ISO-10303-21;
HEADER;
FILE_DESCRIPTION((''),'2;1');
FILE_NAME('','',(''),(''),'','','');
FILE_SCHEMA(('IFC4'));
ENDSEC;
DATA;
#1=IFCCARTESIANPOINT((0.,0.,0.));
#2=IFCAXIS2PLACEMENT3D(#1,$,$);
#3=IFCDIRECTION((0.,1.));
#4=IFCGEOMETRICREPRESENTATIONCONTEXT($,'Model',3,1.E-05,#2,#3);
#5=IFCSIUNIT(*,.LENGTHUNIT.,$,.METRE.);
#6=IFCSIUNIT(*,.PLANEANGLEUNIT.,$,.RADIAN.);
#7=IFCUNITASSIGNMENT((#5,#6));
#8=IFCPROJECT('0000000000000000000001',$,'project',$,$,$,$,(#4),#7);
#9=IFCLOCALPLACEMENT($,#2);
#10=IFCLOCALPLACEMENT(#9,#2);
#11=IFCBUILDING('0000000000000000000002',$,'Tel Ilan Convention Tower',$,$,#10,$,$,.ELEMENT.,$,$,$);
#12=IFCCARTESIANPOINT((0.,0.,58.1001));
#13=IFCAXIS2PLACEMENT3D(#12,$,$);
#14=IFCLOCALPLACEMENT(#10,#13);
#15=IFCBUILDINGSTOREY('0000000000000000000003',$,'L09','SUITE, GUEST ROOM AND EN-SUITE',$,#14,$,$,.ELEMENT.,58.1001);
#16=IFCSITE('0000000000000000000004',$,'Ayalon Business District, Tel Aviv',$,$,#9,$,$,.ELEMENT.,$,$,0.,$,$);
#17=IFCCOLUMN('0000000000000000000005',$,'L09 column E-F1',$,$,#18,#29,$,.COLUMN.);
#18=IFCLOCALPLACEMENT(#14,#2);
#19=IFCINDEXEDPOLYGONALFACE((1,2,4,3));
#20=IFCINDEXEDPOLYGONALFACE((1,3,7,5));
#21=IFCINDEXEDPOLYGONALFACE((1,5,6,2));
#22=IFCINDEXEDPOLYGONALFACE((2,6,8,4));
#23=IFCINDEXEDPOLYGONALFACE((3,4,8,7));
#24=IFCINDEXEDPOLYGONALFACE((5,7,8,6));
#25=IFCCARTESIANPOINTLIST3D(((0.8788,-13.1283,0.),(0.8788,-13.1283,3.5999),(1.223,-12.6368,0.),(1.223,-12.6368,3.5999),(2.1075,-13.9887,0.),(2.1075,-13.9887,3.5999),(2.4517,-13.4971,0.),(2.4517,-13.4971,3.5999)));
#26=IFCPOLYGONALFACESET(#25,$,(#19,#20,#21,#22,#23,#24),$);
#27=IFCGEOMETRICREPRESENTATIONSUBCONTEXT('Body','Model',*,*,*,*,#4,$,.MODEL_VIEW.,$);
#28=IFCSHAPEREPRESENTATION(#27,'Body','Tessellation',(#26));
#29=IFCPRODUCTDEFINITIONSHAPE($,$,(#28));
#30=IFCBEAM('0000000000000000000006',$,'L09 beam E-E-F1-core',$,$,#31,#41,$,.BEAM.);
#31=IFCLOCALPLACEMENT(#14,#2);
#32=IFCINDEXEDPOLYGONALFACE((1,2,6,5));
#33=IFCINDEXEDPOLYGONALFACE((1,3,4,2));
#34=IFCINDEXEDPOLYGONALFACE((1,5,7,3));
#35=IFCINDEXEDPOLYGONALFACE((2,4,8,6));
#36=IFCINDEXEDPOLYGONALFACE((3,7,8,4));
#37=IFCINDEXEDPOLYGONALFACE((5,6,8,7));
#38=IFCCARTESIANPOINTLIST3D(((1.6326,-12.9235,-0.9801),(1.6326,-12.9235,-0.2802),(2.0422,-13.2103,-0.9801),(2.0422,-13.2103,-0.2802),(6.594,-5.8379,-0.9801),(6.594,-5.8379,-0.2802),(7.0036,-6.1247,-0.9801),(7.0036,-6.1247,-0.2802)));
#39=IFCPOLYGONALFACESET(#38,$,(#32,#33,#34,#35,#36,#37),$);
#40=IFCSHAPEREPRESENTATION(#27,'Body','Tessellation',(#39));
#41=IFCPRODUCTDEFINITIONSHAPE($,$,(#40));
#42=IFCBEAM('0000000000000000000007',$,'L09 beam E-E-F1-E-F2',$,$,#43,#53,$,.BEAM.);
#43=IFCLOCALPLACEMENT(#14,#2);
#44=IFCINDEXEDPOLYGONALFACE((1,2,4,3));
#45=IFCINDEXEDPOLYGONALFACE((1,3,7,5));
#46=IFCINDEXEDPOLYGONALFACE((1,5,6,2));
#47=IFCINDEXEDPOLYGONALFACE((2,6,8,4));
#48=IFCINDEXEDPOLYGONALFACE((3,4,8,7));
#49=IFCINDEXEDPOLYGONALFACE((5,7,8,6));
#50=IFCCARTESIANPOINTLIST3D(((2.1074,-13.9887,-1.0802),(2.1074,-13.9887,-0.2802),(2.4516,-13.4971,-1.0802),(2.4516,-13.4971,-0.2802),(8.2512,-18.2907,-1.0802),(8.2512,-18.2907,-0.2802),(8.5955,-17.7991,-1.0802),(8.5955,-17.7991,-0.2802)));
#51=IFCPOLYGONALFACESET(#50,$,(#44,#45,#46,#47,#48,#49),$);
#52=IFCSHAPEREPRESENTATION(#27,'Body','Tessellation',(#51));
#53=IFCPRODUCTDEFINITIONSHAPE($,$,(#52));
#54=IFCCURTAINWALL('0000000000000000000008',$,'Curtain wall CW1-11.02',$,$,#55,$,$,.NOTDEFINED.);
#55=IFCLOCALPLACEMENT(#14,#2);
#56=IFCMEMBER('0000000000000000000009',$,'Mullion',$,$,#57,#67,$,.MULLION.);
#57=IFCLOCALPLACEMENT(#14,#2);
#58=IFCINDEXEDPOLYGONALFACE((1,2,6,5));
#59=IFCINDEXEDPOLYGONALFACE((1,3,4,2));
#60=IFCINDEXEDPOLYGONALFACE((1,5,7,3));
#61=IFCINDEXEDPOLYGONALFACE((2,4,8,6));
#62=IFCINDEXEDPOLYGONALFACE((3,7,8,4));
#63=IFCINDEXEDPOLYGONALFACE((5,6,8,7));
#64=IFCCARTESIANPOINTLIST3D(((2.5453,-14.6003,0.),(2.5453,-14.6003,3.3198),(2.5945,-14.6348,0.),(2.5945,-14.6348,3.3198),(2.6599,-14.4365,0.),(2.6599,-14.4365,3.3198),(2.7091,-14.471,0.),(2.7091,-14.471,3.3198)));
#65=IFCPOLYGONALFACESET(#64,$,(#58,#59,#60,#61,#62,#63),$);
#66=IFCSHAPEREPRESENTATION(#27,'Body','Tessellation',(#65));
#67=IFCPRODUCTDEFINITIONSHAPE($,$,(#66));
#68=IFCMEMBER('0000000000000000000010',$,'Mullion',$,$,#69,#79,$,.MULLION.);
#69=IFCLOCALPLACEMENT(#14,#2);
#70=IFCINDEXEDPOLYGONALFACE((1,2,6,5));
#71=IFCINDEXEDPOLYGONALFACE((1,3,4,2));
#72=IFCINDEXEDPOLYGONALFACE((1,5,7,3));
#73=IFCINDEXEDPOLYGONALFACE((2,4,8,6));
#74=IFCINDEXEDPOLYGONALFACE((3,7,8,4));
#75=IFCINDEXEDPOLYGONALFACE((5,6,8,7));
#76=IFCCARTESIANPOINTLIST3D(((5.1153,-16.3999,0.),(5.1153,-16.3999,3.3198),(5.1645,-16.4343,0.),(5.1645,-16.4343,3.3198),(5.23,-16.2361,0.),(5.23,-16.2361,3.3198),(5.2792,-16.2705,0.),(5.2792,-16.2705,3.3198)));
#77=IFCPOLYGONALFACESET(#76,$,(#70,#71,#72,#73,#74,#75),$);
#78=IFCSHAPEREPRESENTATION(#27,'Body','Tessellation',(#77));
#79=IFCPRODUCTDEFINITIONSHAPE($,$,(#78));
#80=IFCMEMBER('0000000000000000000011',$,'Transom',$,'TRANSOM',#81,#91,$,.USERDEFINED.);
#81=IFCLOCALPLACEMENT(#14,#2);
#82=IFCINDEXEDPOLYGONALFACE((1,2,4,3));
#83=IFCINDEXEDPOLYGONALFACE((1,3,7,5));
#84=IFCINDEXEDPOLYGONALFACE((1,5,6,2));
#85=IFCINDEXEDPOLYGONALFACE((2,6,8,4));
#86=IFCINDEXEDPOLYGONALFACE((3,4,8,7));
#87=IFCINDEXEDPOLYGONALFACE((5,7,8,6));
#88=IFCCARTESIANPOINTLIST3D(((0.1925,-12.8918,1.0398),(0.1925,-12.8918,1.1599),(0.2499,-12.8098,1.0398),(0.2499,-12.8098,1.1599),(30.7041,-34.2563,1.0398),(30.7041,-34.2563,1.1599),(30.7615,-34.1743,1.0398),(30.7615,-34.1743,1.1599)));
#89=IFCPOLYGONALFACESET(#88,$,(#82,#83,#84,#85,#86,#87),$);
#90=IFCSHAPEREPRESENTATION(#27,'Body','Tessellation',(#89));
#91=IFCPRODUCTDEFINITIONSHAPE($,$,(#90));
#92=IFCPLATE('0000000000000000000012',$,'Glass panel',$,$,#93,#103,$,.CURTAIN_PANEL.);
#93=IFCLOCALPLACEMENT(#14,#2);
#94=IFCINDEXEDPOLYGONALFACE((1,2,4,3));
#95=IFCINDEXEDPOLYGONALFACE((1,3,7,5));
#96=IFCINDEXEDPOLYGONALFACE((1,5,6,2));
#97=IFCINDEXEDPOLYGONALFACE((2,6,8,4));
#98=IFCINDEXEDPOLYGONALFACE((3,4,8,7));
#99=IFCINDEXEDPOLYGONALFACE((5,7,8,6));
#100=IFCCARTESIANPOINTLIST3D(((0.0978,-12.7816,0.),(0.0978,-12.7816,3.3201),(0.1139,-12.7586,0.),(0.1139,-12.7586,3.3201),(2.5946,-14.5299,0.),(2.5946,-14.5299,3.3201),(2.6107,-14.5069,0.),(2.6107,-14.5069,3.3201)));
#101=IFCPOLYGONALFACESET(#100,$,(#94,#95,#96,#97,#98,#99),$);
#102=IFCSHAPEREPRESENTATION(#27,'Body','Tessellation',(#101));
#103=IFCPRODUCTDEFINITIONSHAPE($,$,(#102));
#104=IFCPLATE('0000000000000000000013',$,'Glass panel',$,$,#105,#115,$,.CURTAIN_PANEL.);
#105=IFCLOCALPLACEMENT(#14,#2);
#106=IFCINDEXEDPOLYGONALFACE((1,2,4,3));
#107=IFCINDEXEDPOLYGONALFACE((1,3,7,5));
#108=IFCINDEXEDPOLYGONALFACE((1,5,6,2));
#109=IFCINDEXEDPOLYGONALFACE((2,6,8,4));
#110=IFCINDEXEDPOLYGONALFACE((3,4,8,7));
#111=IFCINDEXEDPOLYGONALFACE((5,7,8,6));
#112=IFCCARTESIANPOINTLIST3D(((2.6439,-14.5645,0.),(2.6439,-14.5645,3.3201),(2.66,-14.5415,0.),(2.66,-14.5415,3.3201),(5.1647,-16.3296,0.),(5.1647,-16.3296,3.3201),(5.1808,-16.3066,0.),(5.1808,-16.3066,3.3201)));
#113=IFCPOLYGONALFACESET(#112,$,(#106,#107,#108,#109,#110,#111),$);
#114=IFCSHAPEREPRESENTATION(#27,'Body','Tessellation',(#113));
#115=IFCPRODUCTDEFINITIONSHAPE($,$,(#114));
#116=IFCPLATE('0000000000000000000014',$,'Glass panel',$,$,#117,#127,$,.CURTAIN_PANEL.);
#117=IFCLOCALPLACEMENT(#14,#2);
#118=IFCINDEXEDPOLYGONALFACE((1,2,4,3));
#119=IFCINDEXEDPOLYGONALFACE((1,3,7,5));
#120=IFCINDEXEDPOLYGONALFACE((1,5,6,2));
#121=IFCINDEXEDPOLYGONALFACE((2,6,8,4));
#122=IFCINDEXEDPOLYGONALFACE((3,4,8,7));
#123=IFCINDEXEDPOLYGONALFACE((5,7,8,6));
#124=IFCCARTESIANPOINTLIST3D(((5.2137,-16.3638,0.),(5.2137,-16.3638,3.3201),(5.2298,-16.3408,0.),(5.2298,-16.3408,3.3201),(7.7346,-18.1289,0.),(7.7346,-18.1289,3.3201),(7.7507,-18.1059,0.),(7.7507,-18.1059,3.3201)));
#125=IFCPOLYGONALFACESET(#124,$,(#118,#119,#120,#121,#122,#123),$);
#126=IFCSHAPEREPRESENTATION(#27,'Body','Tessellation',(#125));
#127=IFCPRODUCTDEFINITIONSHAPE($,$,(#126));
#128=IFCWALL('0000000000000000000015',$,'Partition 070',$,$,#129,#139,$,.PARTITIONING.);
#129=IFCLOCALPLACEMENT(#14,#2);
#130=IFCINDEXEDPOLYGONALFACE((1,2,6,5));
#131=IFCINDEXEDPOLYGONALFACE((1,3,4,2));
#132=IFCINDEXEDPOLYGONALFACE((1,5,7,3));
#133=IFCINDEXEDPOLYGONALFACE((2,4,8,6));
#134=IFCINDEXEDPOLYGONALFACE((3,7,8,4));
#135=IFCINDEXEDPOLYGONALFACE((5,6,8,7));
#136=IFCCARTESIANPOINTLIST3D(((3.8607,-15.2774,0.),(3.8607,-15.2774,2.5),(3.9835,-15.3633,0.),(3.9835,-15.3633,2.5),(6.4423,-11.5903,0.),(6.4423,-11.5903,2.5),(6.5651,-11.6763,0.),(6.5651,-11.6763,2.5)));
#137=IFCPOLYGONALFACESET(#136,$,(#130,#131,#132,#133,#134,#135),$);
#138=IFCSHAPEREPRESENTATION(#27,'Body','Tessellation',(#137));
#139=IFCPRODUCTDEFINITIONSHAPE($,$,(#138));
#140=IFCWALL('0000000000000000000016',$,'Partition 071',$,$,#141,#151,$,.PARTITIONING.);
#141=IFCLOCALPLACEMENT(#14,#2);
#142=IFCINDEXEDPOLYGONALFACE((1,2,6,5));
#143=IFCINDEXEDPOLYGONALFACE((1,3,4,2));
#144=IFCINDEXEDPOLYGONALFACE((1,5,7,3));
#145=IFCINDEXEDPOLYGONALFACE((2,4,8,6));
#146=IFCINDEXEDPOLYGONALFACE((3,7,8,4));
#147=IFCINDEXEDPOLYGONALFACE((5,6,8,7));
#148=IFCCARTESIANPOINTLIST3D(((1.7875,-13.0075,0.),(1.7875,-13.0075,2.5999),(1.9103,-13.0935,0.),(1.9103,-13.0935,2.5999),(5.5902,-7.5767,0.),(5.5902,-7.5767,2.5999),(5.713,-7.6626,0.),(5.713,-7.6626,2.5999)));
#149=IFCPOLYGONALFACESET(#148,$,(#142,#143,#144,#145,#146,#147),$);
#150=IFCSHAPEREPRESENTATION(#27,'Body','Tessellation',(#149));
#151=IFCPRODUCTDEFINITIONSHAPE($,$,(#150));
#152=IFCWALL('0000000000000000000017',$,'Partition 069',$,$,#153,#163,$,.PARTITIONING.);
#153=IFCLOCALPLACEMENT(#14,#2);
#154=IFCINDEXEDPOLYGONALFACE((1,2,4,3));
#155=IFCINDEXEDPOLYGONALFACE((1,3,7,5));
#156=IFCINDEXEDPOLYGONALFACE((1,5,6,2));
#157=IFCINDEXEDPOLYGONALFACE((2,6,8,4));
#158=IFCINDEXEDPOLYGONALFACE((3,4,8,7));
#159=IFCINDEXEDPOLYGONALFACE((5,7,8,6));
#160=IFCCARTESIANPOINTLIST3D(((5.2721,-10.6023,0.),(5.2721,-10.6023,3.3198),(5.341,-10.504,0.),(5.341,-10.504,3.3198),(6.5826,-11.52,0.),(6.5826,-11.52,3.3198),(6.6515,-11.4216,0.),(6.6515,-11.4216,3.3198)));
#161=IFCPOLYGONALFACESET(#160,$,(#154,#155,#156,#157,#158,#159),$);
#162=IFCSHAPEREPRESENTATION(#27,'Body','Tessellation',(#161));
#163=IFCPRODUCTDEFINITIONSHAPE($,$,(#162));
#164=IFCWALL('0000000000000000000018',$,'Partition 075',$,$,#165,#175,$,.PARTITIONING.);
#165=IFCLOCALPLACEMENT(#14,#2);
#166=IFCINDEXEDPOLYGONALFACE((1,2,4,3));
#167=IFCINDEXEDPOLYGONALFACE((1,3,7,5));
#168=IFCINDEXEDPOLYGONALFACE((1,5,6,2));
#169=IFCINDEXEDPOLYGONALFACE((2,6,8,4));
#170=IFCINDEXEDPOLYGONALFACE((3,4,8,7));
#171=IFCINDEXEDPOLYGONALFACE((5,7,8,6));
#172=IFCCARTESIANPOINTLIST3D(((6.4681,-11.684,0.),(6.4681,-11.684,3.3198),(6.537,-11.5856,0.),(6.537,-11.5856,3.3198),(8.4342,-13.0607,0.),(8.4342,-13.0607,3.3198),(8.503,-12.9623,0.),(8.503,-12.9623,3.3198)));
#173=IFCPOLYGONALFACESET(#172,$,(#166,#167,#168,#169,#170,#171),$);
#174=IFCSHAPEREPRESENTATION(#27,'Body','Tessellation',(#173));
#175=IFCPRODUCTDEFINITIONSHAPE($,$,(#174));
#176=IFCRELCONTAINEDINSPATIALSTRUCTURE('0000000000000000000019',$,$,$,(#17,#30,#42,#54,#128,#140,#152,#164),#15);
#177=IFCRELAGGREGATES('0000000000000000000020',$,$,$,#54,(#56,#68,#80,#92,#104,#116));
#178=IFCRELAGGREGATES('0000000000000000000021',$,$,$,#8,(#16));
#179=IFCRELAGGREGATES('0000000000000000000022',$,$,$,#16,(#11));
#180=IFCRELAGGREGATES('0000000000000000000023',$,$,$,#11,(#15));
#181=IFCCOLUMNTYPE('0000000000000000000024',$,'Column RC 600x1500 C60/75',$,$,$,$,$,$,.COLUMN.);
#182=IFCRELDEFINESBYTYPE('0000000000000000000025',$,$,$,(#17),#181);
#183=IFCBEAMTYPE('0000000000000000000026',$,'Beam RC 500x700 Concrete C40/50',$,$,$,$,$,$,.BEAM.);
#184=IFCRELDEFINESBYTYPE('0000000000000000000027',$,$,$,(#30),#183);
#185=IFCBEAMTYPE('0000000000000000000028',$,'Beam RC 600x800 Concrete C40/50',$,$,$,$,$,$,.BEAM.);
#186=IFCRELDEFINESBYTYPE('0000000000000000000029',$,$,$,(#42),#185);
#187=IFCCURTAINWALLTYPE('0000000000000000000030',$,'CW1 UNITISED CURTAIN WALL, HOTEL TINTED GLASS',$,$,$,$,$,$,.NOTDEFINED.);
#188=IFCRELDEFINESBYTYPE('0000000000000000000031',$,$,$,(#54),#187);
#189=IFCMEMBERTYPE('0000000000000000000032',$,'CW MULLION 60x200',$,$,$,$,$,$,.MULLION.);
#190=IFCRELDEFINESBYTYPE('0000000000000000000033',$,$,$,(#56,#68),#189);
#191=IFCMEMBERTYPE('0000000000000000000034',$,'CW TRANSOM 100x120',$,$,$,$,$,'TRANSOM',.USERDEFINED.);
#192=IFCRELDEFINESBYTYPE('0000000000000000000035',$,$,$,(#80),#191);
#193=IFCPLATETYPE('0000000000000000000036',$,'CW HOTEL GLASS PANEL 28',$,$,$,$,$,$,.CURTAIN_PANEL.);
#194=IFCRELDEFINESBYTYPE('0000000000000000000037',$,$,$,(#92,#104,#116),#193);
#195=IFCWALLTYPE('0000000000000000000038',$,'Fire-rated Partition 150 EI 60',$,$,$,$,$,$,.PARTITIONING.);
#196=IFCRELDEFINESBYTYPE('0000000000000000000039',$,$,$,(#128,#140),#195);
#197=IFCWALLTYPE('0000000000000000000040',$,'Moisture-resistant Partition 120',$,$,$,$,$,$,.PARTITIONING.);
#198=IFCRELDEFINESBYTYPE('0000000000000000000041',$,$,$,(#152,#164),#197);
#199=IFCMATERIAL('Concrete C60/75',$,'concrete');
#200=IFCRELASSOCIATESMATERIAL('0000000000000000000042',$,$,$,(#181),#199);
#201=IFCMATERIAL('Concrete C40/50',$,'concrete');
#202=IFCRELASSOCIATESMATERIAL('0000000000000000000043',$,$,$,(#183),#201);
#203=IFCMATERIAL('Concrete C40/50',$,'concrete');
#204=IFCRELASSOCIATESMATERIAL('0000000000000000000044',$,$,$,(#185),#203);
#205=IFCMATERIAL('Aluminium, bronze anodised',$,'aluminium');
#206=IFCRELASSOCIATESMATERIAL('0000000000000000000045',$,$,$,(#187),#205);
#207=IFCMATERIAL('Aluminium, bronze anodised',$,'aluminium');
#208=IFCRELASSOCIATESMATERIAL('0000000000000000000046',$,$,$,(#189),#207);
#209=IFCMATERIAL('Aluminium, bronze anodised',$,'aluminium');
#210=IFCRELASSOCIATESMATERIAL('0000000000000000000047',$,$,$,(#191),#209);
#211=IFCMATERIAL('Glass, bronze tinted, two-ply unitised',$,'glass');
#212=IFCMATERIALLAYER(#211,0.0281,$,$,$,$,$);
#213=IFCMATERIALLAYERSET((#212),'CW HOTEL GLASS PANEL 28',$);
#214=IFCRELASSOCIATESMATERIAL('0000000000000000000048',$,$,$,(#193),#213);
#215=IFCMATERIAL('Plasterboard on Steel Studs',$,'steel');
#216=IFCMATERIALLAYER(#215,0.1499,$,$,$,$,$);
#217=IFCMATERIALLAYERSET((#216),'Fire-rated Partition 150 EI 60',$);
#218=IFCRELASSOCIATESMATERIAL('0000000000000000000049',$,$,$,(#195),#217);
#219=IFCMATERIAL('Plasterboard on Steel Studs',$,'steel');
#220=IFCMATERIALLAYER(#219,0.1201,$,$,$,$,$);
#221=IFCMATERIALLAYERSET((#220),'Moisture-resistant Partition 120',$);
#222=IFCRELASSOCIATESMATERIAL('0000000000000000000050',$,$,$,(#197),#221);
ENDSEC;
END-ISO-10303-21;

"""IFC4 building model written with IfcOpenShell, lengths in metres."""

from ifc_helpers import new_model, si_unit, direction, frame, frame_2d, origin, origin_2d, place, context, subcontext, project, spatial, rectangle, extrude, material, layer, layer_set, material_profile, profile_set, type_object, element, aggregate, save


model = new_model("IFC4")

# Units and contexts
model_context = context("Model", 3, precision=1e-05, world=origin(), true_north=direction((0.0, 1.0)))
body_context = subcontext(model_context, "Body", "Model", "MODEL_VIEW")
ifc_project = project(units=[si_unit("LENGTHUNIT", "METRE"), si_unit("PLANEANGLEUNIT", "RADIAN")], contexts=[model_context])

# Site, building, storey
site_placement = place(None, origin())
site = spatial("IfcSite", under=ifc_project, at=site_placement, Name="Ayalon Business District, Tel Aviv", CompositionType="ELEMENT", RefElevation=0.0)
building_placement = place(site_placement, origin())
building = spatial("IfcBuilding", under=site, at=building_placement, Name="Tel Ilan Convention Tower", CompositionType="ELEMENT")
storey_placement = place(building_placement, frame((0.0, 0.0, 58.1001)))
storey = spatial("IfcBuildingStorey", under=building, at=storey_placement, Name="L09", Description="SUITE, GUEST ROOM AND EN-SUITE", CompositionType="ELEMENT", Elevation=58.1001)

# Column
ifc_material_1 = material(Name="Concrete C60/75", Category="concrete")
ifc_material_profile_1 = material_profile(ifc_material_1, rectangle(XDim=1.5, YDim=0.6001, at=origin_2d()), Name="RC 600x1500")
ifc_profile_set_1 = profile_set([ifc_material_profile_1], Name="Concrete C60/75")
column_type = type_object("IfcColumnType", Name="Column RC 600x1500 C60/75", PredefinedType="COLUMN", material=ifc_profile_set_1)
column_placement = place(storey_placement, frame((1.6653, -13.3127, 0.0), z_axis=(0.0, 0.0, 1.0), x_axis=(0.819152, -0.573576, 0.0)))
element("IfcColumn", 1, at=column_placement, inside=storey, type_object=column_type, Name="L09 column E-F1", PredefinedType="COLUMN", context=body_context, shape_type="SweptSolid", body=[
    extrude(rectangle(XDim=1.5, YDim=0.6001, at=origin_2d()), origin(), (0.0, 0.0, 1.0), 3.5999),
])

# Beams
ifc_material_2 = material(Name="Concrete C40/50", Category="concrete")
ifc_material_profile_2 = material_profile(ifc_material_2, rectangle(XDim=0.5, YDim=0.7, at=origin_2d()), Name="RC 500x700")
ifc_profile_set_2 = profile_set([ifc_material_profile_2], Name="Concrete C40/50")
beam_type_1 = type_object("IfcBeamType", Name="Beam RC 500x700 Concrete C40/50", PredefinedType="BEAM", material=ifc_profile_set_2)
beam_1_placement = place(storey_placement, frame((1.8374, -13.0669, -0.6301), z_axis=(0.573574, 0.819154, 0.0), x_axis=(-0.819154, 0.573574, 0.0)))
element("IfcBeam", 2, at=beam_1_placement, inside=storey, type_object=beam_type_1, Name="L09 beam E-E-F1-core", PredefinedType="BEAM", context=body_context, shape_type="SweptSolid", body=[
    extrude(rectangle(XDim=0.5, YDim=0.7, at=origin_2d()), origin(), (0.0, 0.0, 1.0), 8.6499),
])
ifc_material_3 = material(Name="Concrete C40/50", Category="concrete")
ifc_material_profile_3 = material_profile(ifc_material_3, rectangle(XDim=0.6001, YDim=0.8, at=origin_2d()), Name="RC 600x800")
ifc_profile_set_3 = profile_set([ifc_material_profile_3], Name="Concrete C40/50")
beam_type_2 = type_object("IfcBeamType", Name="Beam RC 600x800 Concrete C40/50", PredefinedType="BEAM", material=ifc_profile_set_3)
beam_2_placement = place(storey_placement, frame((2.2795, -13.7429, -0.6802), z_axis=(0.819148, -0.573582, 0.0), x_axis=(0.573582, 0.819148, 0.0)))
element("IfcBeam", 3, at=beam_2_placement, inside=storey, type_object=beam_type_2, Name="L09 beam E-E-F1-E-F2", PredefinedType="BEAM", context=body_context, shape_type="SweptSolid", body=[
    extrude(rectangle(XDim=0.6001, YDim=0.8, at=origin_2d()), origin(), (0.0, 0.0, 1.0), 7.5002),
])

# Curtain wall, members, plates
ifc_material_4 = material(Name="Aluminium, bronze anodised", Category="aluminium")
curtain_wall_type = type_object("IfcCurtainWallType", Name="CW1 UNITISED CURTAIN WALL, HOTEL TINTED GLASS", PredefinedType="NOTDEFINED", material=ifc_material_4)
curtain_wall_placement = place(storey_placement, origin())
curtain_wall = element("IfcCurtainWall", 4, at=curtain_wall_placement, inside=storey, type_object=curtain_wall_type, Name="Curtain wall CW1-11.02", PredefinedType="NOTDEFINED")
ifc_material_5 = material(Name="Aluminium, bronze anodised", Category="aluminium")
ifc_material_profile_4 = material_profile(ifc_material_5, rectangle(XDim=0.0601, YDim=0.2, at=origin_2d()), Name="CW MULLION 60x200")
ifc_profile_set_4 = profile_set([ifc_material_profile_4], Name="Aluminium, bronze anodised")
member_type_1 = type_object("IfcMemberType", Name="CW MULLION 60x200", PredefinedType="MULLION", material=ifc_profile_set_4)
member_1_placement = place(storey_placement, frame((2.6272, -14.5356, 0.0), z_axis=(0.0, 0.0, 1.0), x_axis=(0.819152, -0.573576, 0.0)))
member_1 = element("IfcMember", 5, at=member_1_placement, type_object=member_type_1, Name="Mullion", PredefinedType="MULLION", context=body_context, shape_type="SweptSolid", body=[
    extrude(rectangle(XDim=0.0601, YDim=0.2, at=origin_2d()), origin(), (0.0, 0.0, 1.0), 3.3198),
])
member_2_placement = place(storey_placement, frame((5.1973, -16.3352, 0.0), z_axis=(0.0, 0.0, 1.0), x_axis=(0.819152, -0.573576, 0.0)))
member_2 = element("IfcMember", 6, at=member_2_placement, type_object=member_type_1, Name="Mullion", PredefinedType="MULLION", context=body_context, shape_type="SweptSolid", body=[
    extrude(rectangle(XDim=0.0601, YDim=0.2, at=origin_2d()), origin(), (0.0, 0.0, 1.0), 3.3198),
])
ifc_material_6 = material(Name="Aluminium, bronze anodised", Category="aluminium")
ifc_material_profile_5 = material_profile(ifc_material_6, rectangle(XDim=0.1001, YDim=0.1201, at=origin_2d()), Name="CW TRANSOM 100x120")
ifc_profile_set_5 = profile_set([ifc_material_profile_5], Name="Aluminium, bronze anodised")
member_type_2 = type_object("IfcMemberType", Name="CW TRANSOM 100x120", ElementType="TRANSOM", PredefinedType="USERDEFINED", material=ifc_profile_set_5)
member_3_placement = place(storey_placement, frame((0.2212, -12.8508, 1.0999), z_axis=(0.819152, -0.573576, 0.0), x_axis=(0.573576, 0.819152, 0.0)))
member_3 = element("IfcMember", 7, at=member_3_placement, type_object=member_type_2, Name="Transom", ObjectType="TRANSOM", PredefinedType="USERDEFINED", context=body_context, shape_type="SweptSolid", body=[
    extrude(rectangle(XDim=0.1001, YDim=0.1201, at=origin_2d()), origin(), (0.0, 0.0, 1.0), 37.2478),
])
ifc_material_7 = material(Name="Glass, bronze tinted, two-ply unitised", Category="glass")
ifc_layer_1 = layer(ifc_material_7, 0.0281)
ifc_layer_set_1 = layer_set([ifc_layer_1], Name="CW HOTEL GLASS PANEL 28")
plate_type = type_object("IfcPlateType", Name="CW HOTEL GLASS PANEL 28", PredefinedType="CURTAIN_PANEL", material=ifc_layer_set_1)
plate_1_placement = place(storey_placement, frame((1.3542, -13.6443, 0.0), z_axis=(0.0, 0.0, 1.0), x_axis=(0.819152, -0.573576, 0.0)))
plate_1 = element("IfcPlate", 8, at=plate_1_placement, type_object=plate_type, Name="Glass panel", PredefinedType="CURTAIN_PANEL", context=body_context, shape_type="SweptSolid", body=[
    extrude(rectangle(XDim=3.0481, YDim=0.0281, at=origin_2d()), origin(), (0.0, 0.0, 1.0), 3.3201),
])
plate_2_placement = place(storey_placement, frame((3.9124, -15.4355, 0.0), z_axis=(0.0, 0.0, 1.0), x_axis=(0.819152, -0.573576, 0.0)))
plate_2 = element("IfcPlate", 9, at=plate_2_placement, type_object=plate_type, Name="Glass panel", PredefinedType="CURTAIN_PANEL", context=body_context, shape_type="SweptSolid", body=[
    extrude(rectangle(XDim=3.0774, YDim=0.0281, at=origin_2d()), origin(), (0.0, 0.0, 1.0), 3.3201),
])
plate_3_placement = place(storey_placement, frame((6.4822, -17.2349, 0.0), z_axis=(0.0, 0.0, 1.0), x_axis=(0.819152, -0.573576, 0.0)))
plate_3 = element("IfcPlate", 10, at=plate_3_placement, type_object=plate_type, Name="Glass panel", PredefinedType="CURTAIN_PANEL", context=body_context, shape_type="SweptSolid", body=[
    extrude(rectangle(XDim=3.0774, YDim=0.0281, at=origin_2d()), origin(), (0.0, 0.0, 1.0), 3.3201),
])
aggregate(curtain_wall, [member_1, member_2, member_3, plate_1, plate_2, plate_3])

# Walls
ifc_material_8 = material(Name="Plasterboard on Steel Studs", Category="steel")
ifc_layer_2 = layer(ifc_material_8, 0.1499)
ifc_layer_set_2 = layer_set([ifc_layer_2], Name="Fire-rated Partition 150 EI 60")
wall_type_1 = type_object("IfcWallType", Name="Fire-rated Partition 150 EI 60", PredefinedType="PARTITIONING", material=ifc_layer_set_2)
wall_1_placement = place(storey_placement, frame((6.5037, -11.6333, 0.0), z_axis=(0.0, 0.0, 1.0), x_axis=(-0.573557, -0.819166, 0.0)))
element("IfcWall", 11, at=wall_1_placement, inside=storey, type_object=wall_type_1, Name="Partition 070", PredefinedType="PARTITIONING", context=body_context, shape_type="SweptSolid", body=[
    extrude(rectangle(XDim=4.501, YDim=0.1499, at=frame_2d((2.2505, 0.0))), origin(), (0.0, 0.0, 1.0), 2.5),
])
wall_2_placement = place(storey_placement, frame((1.8489, -13.0505, 0.0), z_axis=(0.0, 0.0, 1.0), x_axis=(0.573574, 0.819154, 0.0)))
element("IfcWall", 12, at=wall_2_placement, inside=storey, type_object=wall_type_1, Name="Partition 071", PredefinedType="PARTITIONING", context=body_context, shape_type="SweptSolid", body=[
    extrude(rectangle(XDim=6.6299, YDim=0.1499, at=frame_2d((3.3149, 0.0))), origin(), (0.0, 0.0, 1.0), 2.5999),
])
ifc_material_9 = material(Name="Plasterboard on Steel Studs", Category="steel")
ifc_layer_3 = layer(ifc_material_9, 0.1201)
ifc_layer_set_3 = layer_set([ifc_layer_3], Name="Moisture-resistant Partition 120")
wall_type_2 = type_object("IfcWallType", Name="Moisture-resistant Partition 120", PredefinedType="PARTITIONING", material=ifc_layer_set_3)
wall_3_placement = place(storey_placement, frame((5.3066, -10.5532, 0.0), z_axis=(0.0, 0.0, 1.0), x_axis=(0.819132, -0.573606, 0.0)))
element("IfcWall", 13, at=wall_3_placement, inside=storey, type_object=wall_type_2, Name="Partition 069", PredefinedType="PARTITIONING", context=body_context, shape_type="SweptSolid", body=[
    extrude(rectangle(XDim=1.5999, YDim=0.1201, at=frame_2d((0.7998, 0.0))), origin(), (0.0, 0.0, 1.0), 3.3198),
])
wall_4_placement = place(storey_placement, frame((6.5024, -11.6348, 0.0), z_axis=(0.0, 0.0, 1.0), x_axis=(0.819141, -0.573592, 0.0)))
element("IfcWall", 14, at=wall_4_placement, inside=storey, type_object=wall_type_2, Name="Partition 075", PredefinedType="PARTITIONING", context=body_context, shape_type="SweptSolid", body=[
    extrude(rectangle(XDim=2.4001, YDim=0.1201, at=frame_2d((1.2002, 0.0))), origin(), (0.0, 0.0, 1.0), 3.3198),
])

save(model, "model.ifc")
